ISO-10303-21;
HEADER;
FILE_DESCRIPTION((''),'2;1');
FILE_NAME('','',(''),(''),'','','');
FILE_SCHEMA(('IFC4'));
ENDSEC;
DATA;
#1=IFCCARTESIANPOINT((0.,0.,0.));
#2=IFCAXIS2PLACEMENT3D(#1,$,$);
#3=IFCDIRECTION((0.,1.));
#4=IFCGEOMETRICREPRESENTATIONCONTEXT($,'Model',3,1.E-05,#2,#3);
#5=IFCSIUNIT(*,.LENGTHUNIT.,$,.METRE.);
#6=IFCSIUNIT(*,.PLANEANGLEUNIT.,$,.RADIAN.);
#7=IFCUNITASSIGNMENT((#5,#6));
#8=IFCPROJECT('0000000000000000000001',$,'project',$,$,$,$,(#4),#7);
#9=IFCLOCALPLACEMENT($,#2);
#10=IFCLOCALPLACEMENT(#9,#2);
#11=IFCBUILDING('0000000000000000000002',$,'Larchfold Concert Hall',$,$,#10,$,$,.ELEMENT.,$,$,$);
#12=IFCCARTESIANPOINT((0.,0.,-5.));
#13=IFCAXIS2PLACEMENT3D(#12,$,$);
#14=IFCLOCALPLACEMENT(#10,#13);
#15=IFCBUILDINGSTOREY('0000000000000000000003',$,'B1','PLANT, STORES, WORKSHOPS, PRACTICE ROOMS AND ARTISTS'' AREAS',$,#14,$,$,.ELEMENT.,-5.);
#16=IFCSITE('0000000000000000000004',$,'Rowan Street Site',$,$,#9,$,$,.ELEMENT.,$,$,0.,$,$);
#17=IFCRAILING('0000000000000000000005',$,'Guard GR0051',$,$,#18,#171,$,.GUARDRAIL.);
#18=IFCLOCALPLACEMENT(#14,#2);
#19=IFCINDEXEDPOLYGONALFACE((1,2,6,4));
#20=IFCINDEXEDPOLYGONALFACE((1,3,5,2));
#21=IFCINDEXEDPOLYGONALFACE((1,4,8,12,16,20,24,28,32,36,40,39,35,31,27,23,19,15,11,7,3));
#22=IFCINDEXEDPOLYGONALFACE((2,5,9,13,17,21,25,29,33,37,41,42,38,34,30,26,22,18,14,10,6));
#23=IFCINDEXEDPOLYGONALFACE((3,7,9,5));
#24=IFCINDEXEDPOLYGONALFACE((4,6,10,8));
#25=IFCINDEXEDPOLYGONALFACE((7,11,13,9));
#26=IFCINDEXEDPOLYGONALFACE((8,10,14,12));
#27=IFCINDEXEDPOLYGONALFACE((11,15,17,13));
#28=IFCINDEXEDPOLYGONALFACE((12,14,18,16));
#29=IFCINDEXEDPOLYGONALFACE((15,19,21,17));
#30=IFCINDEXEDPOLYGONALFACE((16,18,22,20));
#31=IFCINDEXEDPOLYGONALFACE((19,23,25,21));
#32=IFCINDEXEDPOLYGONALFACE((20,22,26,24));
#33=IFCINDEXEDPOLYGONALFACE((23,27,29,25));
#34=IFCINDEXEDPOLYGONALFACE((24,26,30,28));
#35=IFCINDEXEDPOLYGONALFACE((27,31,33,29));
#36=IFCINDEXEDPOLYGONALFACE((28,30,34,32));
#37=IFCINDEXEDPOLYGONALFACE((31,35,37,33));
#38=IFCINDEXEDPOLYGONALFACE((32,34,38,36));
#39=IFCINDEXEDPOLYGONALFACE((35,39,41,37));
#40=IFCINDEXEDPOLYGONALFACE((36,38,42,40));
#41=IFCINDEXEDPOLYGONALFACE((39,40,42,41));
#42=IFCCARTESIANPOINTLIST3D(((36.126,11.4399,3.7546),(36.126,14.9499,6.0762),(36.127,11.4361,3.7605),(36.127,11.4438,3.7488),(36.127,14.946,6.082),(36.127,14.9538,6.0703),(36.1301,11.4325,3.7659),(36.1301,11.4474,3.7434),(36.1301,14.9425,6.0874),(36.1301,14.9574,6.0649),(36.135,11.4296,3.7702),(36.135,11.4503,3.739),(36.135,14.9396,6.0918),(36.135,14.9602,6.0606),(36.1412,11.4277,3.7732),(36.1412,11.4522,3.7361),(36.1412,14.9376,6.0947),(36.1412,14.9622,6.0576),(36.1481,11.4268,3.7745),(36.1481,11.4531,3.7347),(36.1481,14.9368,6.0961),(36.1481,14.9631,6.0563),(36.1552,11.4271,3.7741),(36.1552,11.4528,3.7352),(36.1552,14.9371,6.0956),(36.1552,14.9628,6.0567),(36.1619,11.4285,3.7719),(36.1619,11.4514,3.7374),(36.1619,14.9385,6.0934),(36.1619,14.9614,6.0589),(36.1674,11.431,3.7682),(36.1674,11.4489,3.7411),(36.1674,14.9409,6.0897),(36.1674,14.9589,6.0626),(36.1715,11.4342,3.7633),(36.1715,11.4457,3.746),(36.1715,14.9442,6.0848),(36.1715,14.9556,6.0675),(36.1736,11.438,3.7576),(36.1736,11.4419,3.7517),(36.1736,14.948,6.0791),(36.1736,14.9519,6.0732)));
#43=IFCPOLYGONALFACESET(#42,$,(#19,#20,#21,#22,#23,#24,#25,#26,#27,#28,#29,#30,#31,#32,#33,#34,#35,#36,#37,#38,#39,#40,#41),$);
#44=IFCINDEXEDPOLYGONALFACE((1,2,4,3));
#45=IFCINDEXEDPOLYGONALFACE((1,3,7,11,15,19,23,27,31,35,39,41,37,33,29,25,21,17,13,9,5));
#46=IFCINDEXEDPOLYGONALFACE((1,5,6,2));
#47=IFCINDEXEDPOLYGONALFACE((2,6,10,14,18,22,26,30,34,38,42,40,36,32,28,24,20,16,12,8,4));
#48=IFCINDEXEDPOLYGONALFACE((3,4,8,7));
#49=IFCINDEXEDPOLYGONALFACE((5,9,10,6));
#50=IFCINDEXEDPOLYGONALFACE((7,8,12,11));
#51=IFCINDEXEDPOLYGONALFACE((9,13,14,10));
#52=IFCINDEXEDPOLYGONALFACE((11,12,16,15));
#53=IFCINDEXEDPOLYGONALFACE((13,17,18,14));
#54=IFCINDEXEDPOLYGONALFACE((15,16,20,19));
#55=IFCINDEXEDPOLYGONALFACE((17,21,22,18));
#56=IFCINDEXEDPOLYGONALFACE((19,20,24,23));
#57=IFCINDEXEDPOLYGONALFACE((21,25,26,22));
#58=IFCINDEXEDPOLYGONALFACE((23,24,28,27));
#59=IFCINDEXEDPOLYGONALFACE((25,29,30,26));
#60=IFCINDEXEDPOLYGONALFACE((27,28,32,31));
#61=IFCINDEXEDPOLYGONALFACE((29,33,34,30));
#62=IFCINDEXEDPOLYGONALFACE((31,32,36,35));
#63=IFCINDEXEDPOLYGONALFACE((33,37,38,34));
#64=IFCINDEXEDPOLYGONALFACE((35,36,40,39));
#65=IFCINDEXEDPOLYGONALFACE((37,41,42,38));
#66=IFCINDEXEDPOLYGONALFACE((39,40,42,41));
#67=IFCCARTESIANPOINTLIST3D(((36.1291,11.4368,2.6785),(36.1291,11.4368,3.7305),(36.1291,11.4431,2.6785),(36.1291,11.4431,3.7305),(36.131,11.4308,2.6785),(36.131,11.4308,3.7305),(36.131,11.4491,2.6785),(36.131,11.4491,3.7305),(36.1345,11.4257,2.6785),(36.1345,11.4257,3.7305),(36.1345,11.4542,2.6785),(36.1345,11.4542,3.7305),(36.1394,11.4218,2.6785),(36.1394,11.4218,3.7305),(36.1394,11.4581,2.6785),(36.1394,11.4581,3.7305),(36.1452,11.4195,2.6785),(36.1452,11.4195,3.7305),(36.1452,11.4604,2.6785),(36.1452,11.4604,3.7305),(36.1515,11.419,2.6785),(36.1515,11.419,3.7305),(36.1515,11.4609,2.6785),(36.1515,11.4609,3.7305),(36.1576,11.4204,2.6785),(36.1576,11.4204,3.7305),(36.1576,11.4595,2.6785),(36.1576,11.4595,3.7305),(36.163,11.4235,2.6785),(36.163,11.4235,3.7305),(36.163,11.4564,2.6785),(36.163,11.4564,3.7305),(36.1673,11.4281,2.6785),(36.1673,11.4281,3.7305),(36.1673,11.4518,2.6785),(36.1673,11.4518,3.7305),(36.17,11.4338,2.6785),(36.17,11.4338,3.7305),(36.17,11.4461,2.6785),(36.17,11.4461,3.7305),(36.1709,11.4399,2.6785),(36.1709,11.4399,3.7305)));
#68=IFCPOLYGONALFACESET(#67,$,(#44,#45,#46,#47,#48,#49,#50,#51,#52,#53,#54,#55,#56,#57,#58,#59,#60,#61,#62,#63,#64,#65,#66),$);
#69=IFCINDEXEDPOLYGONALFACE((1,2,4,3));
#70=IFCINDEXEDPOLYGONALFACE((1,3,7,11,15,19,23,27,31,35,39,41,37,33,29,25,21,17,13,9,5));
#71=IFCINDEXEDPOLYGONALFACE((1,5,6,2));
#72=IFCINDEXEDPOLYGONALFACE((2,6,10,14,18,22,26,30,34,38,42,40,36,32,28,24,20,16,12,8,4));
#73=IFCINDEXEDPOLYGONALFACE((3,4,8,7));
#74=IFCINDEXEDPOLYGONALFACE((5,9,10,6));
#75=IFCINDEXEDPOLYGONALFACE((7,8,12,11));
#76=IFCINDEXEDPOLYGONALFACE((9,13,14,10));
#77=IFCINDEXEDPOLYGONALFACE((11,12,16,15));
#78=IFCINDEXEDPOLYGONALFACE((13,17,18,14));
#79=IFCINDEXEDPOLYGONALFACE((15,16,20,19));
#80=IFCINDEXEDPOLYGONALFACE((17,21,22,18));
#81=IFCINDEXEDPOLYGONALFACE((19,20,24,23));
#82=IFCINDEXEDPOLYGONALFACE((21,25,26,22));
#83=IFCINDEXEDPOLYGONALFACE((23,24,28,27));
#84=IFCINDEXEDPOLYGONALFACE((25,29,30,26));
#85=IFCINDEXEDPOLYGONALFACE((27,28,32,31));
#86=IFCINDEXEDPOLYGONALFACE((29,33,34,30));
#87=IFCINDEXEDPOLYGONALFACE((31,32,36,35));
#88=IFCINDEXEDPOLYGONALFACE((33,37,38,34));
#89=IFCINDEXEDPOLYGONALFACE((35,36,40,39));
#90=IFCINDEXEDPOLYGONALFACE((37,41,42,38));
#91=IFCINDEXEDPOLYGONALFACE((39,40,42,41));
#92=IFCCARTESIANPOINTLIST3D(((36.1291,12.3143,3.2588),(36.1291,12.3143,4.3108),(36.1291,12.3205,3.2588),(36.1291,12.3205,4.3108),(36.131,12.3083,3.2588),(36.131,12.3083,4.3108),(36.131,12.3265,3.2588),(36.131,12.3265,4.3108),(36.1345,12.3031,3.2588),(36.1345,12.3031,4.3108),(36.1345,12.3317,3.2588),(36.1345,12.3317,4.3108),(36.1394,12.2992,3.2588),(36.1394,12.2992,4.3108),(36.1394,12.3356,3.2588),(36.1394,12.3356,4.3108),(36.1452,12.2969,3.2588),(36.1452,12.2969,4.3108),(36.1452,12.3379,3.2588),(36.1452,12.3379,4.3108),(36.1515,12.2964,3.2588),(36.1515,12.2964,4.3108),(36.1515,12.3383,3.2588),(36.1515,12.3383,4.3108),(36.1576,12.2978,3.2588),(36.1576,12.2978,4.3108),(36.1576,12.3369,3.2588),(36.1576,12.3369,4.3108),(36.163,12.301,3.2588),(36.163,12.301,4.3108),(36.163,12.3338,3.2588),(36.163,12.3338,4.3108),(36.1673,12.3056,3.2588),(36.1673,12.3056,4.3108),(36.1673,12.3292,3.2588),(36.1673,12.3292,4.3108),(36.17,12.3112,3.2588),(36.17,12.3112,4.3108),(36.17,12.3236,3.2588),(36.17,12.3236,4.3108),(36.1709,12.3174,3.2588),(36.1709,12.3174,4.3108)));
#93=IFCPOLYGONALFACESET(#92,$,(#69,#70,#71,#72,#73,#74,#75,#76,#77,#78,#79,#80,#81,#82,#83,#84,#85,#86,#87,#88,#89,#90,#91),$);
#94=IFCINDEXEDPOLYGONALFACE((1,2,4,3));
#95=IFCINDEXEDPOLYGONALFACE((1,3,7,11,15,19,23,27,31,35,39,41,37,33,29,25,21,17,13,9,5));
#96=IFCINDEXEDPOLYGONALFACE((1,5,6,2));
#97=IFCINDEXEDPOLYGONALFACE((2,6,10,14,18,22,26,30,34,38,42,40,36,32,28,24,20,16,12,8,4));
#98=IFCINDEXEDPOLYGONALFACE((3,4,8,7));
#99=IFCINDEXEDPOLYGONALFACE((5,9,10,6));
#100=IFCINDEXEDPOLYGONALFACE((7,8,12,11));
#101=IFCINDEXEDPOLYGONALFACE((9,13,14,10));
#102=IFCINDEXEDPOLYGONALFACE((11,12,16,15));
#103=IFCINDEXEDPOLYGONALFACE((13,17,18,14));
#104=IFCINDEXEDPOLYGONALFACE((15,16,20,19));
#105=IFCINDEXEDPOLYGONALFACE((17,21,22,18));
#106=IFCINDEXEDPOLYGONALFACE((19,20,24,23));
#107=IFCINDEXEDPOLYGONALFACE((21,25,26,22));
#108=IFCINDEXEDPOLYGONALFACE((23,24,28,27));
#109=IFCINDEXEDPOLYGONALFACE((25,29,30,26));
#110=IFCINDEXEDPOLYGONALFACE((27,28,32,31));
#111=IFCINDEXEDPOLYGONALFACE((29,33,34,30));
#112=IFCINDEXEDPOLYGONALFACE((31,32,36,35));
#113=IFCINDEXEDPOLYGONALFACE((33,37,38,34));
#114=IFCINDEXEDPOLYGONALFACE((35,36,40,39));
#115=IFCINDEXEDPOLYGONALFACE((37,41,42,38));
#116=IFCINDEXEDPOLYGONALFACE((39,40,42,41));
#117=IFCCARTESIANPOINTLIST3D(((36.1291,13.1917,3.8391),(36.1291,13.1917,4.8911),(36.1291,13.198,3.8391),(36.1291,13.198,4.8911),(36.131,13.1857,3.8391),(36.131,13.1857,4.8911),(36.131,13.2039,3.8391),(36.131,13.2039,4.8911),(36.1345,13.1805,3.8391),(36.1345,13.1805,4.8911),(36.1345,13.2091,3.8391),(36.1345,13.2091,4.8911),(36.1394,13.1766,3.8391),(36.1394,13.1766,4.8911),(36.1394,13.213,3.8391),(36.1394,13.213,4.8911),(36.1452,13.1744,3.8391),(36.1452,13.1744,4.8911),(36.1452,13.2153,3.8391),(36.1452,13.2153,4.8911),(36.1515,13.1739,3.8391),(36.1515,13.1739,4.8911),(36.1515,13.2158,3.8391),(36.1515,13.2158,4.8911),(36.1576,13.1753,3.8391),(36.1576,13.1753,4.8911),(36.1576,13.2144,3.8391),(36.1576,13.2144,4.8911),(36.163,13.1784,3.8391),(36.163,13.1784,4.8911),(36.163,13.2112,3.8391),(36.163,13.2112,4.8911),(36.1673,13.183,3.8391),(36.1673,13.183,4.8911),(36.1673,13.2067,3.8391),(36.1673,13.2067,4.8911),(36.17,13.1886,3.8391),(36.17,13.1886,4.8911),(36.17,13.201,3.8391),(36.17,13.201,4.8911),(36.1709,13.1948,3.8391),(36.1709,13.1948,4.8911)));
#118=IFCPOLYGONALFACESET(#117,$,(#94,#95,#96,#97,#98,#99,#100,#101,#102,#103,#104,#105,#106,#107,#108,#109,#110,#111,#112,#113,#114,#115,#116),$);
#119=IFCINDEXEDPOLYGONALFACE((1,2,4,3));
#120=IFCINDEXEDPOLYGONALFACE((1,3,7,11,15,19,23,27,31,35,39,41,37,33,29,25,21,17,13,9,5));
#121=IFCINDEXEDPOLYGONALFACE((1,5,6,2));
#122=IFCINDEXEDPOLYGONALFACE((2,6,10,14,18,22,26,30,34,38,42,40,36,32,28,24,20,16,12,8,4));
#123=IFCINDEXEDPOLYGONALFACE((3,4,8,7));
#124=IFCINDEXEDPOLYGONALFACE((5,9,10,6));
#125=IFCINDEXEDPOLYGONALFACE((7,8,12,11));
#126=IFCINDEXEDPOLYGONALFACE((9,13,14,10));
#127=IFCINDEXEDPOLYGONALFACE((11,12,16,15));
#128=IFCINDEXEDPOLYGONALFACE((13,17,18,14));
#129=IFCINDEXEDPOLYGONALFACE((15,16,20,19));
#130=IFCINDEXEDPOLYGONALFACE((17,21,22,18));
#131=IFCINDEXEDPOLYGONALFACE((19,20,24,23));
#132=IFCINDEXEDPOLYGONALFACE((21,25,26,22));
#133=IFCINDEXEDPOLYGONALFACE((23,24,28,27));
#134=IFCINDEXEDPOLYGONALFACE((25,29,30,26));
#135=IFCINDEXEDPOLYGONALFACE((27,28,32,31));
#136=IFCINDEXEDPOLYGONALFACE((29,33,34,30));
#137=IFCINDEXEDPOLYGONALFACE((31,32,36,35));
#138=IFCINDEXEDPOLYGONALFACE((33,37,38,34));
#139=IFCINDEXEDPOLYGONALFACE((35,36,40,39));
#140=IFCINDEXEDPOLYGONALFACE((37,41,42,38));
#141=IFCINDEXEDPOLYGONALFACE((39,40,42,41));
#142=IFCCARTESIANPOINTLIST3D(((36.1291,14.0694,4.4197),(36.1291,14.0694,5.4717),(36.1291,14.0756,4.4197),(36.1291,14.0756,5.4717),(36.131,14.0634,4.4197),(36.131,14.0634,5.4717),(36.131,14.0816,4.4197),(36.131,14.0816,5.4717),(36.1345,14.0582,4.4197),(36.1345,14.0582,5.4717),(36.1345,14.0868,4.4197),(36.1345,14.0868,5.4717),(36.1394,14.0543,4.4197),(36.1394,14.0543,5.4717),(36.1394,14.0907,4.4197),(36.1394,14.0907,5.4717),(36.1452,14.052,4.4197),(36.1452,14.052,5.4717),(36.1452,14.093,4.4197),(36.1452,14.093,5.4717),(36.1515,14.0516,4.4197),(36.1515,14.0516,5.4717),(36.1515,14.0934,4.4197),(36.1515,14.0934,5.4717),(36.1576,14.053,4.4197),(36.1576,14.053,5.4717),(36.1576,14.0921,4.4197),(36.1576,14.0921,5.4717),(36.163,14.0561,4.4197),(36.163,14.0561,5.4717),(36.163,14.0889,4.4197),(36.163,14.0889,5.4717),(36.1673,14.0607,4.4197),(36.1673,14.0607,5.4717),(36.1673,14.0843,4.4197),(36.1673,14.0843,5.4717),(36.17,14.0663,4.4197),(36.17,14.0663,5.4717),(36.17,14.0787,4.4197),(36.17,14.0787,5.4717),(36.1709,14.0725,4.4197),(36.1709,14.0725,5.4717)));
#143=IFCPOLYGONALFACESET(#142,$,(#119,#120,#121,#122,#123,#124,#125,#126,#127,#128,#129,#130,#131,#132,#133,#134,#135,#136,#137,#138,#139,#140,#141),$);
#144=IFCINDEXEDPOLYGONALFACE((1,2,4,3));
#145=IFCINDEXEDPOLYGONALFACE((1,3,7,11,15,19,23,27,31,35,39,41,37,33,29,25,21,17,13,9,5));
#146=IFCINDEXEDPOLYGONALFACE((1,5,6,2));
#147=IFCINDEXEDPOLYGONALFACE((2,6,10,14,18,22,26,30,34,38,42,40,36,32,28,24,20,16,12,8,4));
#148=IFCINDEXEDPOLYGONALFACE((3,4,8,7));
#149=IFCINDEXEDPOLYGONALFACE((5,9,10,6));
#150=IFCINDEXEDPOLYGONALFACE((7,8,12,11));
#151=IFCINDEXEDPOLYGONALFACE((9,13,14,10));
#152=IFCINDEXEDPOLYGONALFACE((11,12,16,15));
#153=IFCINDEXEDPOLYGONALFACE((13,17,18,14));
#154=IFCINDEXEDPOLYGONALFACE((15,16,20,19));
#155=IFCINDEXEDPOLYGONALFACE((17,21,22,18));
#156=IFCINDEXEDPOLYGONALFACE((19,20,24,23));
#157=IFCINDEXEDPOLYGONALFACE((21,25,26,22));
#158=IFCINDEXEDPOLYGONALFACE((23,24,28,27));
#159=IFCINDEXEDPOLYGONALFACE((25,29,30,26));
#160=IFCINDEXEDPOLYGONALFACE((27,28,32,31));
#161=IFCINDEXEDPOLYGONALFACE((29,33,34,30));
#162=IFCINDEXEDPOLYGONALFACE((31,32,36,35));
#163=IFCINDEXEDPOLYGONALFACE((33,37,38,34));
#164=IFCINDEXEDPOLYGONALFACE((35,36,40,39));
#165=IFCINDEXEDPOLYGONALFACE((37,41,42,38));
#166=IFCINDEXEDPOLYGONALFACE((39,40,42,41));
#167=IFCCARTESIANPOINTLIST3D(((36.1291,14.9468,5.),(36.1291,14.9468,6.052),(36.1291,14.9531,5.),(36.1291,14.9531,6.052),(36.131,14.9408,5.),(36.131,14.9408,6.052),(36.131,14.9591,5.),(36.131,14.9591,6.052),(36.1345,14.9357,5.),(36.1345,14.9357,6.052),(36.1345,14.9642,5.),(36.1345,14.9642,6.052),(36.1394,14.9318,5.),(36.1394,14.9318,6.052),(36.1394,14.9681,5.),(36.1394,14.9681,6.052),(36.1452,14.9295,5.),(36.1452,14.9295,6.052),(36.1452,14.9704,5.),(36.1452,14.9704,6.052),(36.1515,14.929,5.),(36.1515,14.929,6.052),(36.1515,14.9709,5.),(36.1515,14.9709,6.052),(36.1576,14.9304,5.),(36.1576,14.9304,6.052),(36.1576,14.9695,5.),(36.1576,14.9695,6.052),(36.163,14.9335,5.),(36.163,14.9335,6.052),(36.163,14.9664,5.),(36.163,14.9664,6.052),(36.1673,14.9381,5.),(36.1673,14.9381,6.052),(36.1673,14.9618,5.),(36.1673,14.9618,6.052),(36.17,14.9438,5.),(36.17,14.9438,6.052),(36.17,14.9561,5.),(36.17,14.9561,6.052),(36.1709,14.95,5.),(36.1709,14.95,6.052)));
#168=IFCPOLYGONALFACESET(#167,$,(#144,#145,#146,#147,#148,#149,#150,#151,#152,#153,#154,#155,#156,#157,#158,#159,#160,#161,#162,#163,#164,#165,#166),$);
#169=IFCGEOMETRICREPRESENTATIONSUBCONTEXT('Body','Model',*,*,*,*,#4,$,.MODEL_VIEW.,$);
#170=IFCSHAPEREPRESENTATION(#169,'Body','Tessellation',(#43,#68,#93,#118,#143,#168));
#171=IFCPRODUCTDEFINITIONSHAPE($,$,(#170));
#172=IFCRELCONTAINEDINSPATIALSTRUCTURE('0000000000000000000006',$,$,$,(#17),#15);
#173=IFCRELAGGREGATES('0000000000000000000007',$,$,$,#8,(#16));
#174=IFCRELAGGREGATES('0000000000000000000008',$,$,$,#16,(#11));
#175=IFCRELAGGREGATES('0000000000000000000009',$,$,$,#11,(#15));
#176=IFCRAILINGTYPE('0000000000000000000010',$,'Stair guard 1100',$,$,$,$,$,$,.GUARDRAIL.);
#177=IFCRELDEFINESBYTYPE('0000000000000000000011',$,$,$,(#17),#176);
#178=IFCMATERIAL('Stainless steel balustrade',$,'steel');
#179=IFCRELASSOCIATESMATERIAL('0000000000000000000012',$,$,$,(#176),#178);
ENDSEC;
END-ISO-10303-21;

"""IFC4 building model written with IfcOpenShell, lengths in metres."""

from ifc_helpers import new_model, si_unit, direction, frame, origin, origin_2d, place, context, subcontext, project, spatial, circle, extrude, material, type_object, element, save


model = new_model("IFC4")

# Units and contexts
model_context = context("Model", 3, precision=1e-05, world=origin(), true_north=direction((0.0, 1.0)))
body_context = subcontext(model_context, "Body", "Model", "MODEL_VIEW")
ifc_project = project(units=[si_unit("LENGTHUNIT", "METRE"), si_unit("PLANEANGLEUNIT", "RADIAN")], contexts=[model_context])

# Site, building, storey
site_placement = place(None, origin())
site = spatial("IfcSite", under=ifc_project, at=site_placement, Name="Rowan Street Site", CompositionType="ELEMENT", RefElevation=0.0)
building_placement = place(site_placement, origin())
building = spatial("IfcBuilding", under=site, at=building_placement, Name="Larchfold Concert Hall", CompositionType="ELEMENT")
storey_placement = place(building_placement, frame((0.0, 0.0, -5.0)))
storey = spatial("IfcBuildingStorey", under=building, at=storey_placement, Name="B1", Description="PLANT, STORES, WORKSHOPS, PRACTICE ROOMS AND ARTISTS' AREAS", CompositionType="ELEMENT", Elevation=-5.0)

# Railing
ifc_material_1 = material(Name="Stainless steel balustrade", Category="steel")
railing_type_1 = type_object("IfcRailingType", Name="Stair guard 1100", PredefinedType="GUARDRAIL", material=ifc_material_1)
railing_1_placement = place(storey_placement, frame((36.1499, 11.4399, 2.6785)))
element("IfcRailing", 1, at=railing_1_placement, inside=storey, type_object=railing_type_1, Name="Guard GR0051", PredefinedType="GUARDRAIL", context=body_context, shape_type="SweptSolid", body=[
    extrude(circle(Radius=0.0239, at=origin_2d()), frame((0.0, 0.0, 1.0762), z_axis=(0.0, 0.834071, 0.551657), x_axis=(-1.0, 0.0, 0.0)), (0.0, 0.0, 1.0), 4.2083),
    extrude(circle(Radius=0.021, at=origin_2d()), origin(), (0.0, 0.0, 1.0), 1.052),
    extrude(circle(Radius=0.021, at=origin_2d()), frame((0.0, 0.8774, 0.5803)), (0.0, 0.0, 1.0), 1.052),
    extrude(circle(Radius=0.021, at=origin_2d()), frame((0.0, 1.7549, 1.1606)), (0.0, 0.0, 1.0), 1.052),
    extrude(circle(Radius=0.021, at=origin_2d()), frame((0.0, 2.6326, 1.7412)), (0.0, 0.0, 1.0), 1.052),
    extrude(circle(Radius=0.021, at=origin_2d()), frame((0.0, 3.51, 2.3215)), (0.0, 0.0, 1.0), 1.052),
])

save(model, "model.ifc")
